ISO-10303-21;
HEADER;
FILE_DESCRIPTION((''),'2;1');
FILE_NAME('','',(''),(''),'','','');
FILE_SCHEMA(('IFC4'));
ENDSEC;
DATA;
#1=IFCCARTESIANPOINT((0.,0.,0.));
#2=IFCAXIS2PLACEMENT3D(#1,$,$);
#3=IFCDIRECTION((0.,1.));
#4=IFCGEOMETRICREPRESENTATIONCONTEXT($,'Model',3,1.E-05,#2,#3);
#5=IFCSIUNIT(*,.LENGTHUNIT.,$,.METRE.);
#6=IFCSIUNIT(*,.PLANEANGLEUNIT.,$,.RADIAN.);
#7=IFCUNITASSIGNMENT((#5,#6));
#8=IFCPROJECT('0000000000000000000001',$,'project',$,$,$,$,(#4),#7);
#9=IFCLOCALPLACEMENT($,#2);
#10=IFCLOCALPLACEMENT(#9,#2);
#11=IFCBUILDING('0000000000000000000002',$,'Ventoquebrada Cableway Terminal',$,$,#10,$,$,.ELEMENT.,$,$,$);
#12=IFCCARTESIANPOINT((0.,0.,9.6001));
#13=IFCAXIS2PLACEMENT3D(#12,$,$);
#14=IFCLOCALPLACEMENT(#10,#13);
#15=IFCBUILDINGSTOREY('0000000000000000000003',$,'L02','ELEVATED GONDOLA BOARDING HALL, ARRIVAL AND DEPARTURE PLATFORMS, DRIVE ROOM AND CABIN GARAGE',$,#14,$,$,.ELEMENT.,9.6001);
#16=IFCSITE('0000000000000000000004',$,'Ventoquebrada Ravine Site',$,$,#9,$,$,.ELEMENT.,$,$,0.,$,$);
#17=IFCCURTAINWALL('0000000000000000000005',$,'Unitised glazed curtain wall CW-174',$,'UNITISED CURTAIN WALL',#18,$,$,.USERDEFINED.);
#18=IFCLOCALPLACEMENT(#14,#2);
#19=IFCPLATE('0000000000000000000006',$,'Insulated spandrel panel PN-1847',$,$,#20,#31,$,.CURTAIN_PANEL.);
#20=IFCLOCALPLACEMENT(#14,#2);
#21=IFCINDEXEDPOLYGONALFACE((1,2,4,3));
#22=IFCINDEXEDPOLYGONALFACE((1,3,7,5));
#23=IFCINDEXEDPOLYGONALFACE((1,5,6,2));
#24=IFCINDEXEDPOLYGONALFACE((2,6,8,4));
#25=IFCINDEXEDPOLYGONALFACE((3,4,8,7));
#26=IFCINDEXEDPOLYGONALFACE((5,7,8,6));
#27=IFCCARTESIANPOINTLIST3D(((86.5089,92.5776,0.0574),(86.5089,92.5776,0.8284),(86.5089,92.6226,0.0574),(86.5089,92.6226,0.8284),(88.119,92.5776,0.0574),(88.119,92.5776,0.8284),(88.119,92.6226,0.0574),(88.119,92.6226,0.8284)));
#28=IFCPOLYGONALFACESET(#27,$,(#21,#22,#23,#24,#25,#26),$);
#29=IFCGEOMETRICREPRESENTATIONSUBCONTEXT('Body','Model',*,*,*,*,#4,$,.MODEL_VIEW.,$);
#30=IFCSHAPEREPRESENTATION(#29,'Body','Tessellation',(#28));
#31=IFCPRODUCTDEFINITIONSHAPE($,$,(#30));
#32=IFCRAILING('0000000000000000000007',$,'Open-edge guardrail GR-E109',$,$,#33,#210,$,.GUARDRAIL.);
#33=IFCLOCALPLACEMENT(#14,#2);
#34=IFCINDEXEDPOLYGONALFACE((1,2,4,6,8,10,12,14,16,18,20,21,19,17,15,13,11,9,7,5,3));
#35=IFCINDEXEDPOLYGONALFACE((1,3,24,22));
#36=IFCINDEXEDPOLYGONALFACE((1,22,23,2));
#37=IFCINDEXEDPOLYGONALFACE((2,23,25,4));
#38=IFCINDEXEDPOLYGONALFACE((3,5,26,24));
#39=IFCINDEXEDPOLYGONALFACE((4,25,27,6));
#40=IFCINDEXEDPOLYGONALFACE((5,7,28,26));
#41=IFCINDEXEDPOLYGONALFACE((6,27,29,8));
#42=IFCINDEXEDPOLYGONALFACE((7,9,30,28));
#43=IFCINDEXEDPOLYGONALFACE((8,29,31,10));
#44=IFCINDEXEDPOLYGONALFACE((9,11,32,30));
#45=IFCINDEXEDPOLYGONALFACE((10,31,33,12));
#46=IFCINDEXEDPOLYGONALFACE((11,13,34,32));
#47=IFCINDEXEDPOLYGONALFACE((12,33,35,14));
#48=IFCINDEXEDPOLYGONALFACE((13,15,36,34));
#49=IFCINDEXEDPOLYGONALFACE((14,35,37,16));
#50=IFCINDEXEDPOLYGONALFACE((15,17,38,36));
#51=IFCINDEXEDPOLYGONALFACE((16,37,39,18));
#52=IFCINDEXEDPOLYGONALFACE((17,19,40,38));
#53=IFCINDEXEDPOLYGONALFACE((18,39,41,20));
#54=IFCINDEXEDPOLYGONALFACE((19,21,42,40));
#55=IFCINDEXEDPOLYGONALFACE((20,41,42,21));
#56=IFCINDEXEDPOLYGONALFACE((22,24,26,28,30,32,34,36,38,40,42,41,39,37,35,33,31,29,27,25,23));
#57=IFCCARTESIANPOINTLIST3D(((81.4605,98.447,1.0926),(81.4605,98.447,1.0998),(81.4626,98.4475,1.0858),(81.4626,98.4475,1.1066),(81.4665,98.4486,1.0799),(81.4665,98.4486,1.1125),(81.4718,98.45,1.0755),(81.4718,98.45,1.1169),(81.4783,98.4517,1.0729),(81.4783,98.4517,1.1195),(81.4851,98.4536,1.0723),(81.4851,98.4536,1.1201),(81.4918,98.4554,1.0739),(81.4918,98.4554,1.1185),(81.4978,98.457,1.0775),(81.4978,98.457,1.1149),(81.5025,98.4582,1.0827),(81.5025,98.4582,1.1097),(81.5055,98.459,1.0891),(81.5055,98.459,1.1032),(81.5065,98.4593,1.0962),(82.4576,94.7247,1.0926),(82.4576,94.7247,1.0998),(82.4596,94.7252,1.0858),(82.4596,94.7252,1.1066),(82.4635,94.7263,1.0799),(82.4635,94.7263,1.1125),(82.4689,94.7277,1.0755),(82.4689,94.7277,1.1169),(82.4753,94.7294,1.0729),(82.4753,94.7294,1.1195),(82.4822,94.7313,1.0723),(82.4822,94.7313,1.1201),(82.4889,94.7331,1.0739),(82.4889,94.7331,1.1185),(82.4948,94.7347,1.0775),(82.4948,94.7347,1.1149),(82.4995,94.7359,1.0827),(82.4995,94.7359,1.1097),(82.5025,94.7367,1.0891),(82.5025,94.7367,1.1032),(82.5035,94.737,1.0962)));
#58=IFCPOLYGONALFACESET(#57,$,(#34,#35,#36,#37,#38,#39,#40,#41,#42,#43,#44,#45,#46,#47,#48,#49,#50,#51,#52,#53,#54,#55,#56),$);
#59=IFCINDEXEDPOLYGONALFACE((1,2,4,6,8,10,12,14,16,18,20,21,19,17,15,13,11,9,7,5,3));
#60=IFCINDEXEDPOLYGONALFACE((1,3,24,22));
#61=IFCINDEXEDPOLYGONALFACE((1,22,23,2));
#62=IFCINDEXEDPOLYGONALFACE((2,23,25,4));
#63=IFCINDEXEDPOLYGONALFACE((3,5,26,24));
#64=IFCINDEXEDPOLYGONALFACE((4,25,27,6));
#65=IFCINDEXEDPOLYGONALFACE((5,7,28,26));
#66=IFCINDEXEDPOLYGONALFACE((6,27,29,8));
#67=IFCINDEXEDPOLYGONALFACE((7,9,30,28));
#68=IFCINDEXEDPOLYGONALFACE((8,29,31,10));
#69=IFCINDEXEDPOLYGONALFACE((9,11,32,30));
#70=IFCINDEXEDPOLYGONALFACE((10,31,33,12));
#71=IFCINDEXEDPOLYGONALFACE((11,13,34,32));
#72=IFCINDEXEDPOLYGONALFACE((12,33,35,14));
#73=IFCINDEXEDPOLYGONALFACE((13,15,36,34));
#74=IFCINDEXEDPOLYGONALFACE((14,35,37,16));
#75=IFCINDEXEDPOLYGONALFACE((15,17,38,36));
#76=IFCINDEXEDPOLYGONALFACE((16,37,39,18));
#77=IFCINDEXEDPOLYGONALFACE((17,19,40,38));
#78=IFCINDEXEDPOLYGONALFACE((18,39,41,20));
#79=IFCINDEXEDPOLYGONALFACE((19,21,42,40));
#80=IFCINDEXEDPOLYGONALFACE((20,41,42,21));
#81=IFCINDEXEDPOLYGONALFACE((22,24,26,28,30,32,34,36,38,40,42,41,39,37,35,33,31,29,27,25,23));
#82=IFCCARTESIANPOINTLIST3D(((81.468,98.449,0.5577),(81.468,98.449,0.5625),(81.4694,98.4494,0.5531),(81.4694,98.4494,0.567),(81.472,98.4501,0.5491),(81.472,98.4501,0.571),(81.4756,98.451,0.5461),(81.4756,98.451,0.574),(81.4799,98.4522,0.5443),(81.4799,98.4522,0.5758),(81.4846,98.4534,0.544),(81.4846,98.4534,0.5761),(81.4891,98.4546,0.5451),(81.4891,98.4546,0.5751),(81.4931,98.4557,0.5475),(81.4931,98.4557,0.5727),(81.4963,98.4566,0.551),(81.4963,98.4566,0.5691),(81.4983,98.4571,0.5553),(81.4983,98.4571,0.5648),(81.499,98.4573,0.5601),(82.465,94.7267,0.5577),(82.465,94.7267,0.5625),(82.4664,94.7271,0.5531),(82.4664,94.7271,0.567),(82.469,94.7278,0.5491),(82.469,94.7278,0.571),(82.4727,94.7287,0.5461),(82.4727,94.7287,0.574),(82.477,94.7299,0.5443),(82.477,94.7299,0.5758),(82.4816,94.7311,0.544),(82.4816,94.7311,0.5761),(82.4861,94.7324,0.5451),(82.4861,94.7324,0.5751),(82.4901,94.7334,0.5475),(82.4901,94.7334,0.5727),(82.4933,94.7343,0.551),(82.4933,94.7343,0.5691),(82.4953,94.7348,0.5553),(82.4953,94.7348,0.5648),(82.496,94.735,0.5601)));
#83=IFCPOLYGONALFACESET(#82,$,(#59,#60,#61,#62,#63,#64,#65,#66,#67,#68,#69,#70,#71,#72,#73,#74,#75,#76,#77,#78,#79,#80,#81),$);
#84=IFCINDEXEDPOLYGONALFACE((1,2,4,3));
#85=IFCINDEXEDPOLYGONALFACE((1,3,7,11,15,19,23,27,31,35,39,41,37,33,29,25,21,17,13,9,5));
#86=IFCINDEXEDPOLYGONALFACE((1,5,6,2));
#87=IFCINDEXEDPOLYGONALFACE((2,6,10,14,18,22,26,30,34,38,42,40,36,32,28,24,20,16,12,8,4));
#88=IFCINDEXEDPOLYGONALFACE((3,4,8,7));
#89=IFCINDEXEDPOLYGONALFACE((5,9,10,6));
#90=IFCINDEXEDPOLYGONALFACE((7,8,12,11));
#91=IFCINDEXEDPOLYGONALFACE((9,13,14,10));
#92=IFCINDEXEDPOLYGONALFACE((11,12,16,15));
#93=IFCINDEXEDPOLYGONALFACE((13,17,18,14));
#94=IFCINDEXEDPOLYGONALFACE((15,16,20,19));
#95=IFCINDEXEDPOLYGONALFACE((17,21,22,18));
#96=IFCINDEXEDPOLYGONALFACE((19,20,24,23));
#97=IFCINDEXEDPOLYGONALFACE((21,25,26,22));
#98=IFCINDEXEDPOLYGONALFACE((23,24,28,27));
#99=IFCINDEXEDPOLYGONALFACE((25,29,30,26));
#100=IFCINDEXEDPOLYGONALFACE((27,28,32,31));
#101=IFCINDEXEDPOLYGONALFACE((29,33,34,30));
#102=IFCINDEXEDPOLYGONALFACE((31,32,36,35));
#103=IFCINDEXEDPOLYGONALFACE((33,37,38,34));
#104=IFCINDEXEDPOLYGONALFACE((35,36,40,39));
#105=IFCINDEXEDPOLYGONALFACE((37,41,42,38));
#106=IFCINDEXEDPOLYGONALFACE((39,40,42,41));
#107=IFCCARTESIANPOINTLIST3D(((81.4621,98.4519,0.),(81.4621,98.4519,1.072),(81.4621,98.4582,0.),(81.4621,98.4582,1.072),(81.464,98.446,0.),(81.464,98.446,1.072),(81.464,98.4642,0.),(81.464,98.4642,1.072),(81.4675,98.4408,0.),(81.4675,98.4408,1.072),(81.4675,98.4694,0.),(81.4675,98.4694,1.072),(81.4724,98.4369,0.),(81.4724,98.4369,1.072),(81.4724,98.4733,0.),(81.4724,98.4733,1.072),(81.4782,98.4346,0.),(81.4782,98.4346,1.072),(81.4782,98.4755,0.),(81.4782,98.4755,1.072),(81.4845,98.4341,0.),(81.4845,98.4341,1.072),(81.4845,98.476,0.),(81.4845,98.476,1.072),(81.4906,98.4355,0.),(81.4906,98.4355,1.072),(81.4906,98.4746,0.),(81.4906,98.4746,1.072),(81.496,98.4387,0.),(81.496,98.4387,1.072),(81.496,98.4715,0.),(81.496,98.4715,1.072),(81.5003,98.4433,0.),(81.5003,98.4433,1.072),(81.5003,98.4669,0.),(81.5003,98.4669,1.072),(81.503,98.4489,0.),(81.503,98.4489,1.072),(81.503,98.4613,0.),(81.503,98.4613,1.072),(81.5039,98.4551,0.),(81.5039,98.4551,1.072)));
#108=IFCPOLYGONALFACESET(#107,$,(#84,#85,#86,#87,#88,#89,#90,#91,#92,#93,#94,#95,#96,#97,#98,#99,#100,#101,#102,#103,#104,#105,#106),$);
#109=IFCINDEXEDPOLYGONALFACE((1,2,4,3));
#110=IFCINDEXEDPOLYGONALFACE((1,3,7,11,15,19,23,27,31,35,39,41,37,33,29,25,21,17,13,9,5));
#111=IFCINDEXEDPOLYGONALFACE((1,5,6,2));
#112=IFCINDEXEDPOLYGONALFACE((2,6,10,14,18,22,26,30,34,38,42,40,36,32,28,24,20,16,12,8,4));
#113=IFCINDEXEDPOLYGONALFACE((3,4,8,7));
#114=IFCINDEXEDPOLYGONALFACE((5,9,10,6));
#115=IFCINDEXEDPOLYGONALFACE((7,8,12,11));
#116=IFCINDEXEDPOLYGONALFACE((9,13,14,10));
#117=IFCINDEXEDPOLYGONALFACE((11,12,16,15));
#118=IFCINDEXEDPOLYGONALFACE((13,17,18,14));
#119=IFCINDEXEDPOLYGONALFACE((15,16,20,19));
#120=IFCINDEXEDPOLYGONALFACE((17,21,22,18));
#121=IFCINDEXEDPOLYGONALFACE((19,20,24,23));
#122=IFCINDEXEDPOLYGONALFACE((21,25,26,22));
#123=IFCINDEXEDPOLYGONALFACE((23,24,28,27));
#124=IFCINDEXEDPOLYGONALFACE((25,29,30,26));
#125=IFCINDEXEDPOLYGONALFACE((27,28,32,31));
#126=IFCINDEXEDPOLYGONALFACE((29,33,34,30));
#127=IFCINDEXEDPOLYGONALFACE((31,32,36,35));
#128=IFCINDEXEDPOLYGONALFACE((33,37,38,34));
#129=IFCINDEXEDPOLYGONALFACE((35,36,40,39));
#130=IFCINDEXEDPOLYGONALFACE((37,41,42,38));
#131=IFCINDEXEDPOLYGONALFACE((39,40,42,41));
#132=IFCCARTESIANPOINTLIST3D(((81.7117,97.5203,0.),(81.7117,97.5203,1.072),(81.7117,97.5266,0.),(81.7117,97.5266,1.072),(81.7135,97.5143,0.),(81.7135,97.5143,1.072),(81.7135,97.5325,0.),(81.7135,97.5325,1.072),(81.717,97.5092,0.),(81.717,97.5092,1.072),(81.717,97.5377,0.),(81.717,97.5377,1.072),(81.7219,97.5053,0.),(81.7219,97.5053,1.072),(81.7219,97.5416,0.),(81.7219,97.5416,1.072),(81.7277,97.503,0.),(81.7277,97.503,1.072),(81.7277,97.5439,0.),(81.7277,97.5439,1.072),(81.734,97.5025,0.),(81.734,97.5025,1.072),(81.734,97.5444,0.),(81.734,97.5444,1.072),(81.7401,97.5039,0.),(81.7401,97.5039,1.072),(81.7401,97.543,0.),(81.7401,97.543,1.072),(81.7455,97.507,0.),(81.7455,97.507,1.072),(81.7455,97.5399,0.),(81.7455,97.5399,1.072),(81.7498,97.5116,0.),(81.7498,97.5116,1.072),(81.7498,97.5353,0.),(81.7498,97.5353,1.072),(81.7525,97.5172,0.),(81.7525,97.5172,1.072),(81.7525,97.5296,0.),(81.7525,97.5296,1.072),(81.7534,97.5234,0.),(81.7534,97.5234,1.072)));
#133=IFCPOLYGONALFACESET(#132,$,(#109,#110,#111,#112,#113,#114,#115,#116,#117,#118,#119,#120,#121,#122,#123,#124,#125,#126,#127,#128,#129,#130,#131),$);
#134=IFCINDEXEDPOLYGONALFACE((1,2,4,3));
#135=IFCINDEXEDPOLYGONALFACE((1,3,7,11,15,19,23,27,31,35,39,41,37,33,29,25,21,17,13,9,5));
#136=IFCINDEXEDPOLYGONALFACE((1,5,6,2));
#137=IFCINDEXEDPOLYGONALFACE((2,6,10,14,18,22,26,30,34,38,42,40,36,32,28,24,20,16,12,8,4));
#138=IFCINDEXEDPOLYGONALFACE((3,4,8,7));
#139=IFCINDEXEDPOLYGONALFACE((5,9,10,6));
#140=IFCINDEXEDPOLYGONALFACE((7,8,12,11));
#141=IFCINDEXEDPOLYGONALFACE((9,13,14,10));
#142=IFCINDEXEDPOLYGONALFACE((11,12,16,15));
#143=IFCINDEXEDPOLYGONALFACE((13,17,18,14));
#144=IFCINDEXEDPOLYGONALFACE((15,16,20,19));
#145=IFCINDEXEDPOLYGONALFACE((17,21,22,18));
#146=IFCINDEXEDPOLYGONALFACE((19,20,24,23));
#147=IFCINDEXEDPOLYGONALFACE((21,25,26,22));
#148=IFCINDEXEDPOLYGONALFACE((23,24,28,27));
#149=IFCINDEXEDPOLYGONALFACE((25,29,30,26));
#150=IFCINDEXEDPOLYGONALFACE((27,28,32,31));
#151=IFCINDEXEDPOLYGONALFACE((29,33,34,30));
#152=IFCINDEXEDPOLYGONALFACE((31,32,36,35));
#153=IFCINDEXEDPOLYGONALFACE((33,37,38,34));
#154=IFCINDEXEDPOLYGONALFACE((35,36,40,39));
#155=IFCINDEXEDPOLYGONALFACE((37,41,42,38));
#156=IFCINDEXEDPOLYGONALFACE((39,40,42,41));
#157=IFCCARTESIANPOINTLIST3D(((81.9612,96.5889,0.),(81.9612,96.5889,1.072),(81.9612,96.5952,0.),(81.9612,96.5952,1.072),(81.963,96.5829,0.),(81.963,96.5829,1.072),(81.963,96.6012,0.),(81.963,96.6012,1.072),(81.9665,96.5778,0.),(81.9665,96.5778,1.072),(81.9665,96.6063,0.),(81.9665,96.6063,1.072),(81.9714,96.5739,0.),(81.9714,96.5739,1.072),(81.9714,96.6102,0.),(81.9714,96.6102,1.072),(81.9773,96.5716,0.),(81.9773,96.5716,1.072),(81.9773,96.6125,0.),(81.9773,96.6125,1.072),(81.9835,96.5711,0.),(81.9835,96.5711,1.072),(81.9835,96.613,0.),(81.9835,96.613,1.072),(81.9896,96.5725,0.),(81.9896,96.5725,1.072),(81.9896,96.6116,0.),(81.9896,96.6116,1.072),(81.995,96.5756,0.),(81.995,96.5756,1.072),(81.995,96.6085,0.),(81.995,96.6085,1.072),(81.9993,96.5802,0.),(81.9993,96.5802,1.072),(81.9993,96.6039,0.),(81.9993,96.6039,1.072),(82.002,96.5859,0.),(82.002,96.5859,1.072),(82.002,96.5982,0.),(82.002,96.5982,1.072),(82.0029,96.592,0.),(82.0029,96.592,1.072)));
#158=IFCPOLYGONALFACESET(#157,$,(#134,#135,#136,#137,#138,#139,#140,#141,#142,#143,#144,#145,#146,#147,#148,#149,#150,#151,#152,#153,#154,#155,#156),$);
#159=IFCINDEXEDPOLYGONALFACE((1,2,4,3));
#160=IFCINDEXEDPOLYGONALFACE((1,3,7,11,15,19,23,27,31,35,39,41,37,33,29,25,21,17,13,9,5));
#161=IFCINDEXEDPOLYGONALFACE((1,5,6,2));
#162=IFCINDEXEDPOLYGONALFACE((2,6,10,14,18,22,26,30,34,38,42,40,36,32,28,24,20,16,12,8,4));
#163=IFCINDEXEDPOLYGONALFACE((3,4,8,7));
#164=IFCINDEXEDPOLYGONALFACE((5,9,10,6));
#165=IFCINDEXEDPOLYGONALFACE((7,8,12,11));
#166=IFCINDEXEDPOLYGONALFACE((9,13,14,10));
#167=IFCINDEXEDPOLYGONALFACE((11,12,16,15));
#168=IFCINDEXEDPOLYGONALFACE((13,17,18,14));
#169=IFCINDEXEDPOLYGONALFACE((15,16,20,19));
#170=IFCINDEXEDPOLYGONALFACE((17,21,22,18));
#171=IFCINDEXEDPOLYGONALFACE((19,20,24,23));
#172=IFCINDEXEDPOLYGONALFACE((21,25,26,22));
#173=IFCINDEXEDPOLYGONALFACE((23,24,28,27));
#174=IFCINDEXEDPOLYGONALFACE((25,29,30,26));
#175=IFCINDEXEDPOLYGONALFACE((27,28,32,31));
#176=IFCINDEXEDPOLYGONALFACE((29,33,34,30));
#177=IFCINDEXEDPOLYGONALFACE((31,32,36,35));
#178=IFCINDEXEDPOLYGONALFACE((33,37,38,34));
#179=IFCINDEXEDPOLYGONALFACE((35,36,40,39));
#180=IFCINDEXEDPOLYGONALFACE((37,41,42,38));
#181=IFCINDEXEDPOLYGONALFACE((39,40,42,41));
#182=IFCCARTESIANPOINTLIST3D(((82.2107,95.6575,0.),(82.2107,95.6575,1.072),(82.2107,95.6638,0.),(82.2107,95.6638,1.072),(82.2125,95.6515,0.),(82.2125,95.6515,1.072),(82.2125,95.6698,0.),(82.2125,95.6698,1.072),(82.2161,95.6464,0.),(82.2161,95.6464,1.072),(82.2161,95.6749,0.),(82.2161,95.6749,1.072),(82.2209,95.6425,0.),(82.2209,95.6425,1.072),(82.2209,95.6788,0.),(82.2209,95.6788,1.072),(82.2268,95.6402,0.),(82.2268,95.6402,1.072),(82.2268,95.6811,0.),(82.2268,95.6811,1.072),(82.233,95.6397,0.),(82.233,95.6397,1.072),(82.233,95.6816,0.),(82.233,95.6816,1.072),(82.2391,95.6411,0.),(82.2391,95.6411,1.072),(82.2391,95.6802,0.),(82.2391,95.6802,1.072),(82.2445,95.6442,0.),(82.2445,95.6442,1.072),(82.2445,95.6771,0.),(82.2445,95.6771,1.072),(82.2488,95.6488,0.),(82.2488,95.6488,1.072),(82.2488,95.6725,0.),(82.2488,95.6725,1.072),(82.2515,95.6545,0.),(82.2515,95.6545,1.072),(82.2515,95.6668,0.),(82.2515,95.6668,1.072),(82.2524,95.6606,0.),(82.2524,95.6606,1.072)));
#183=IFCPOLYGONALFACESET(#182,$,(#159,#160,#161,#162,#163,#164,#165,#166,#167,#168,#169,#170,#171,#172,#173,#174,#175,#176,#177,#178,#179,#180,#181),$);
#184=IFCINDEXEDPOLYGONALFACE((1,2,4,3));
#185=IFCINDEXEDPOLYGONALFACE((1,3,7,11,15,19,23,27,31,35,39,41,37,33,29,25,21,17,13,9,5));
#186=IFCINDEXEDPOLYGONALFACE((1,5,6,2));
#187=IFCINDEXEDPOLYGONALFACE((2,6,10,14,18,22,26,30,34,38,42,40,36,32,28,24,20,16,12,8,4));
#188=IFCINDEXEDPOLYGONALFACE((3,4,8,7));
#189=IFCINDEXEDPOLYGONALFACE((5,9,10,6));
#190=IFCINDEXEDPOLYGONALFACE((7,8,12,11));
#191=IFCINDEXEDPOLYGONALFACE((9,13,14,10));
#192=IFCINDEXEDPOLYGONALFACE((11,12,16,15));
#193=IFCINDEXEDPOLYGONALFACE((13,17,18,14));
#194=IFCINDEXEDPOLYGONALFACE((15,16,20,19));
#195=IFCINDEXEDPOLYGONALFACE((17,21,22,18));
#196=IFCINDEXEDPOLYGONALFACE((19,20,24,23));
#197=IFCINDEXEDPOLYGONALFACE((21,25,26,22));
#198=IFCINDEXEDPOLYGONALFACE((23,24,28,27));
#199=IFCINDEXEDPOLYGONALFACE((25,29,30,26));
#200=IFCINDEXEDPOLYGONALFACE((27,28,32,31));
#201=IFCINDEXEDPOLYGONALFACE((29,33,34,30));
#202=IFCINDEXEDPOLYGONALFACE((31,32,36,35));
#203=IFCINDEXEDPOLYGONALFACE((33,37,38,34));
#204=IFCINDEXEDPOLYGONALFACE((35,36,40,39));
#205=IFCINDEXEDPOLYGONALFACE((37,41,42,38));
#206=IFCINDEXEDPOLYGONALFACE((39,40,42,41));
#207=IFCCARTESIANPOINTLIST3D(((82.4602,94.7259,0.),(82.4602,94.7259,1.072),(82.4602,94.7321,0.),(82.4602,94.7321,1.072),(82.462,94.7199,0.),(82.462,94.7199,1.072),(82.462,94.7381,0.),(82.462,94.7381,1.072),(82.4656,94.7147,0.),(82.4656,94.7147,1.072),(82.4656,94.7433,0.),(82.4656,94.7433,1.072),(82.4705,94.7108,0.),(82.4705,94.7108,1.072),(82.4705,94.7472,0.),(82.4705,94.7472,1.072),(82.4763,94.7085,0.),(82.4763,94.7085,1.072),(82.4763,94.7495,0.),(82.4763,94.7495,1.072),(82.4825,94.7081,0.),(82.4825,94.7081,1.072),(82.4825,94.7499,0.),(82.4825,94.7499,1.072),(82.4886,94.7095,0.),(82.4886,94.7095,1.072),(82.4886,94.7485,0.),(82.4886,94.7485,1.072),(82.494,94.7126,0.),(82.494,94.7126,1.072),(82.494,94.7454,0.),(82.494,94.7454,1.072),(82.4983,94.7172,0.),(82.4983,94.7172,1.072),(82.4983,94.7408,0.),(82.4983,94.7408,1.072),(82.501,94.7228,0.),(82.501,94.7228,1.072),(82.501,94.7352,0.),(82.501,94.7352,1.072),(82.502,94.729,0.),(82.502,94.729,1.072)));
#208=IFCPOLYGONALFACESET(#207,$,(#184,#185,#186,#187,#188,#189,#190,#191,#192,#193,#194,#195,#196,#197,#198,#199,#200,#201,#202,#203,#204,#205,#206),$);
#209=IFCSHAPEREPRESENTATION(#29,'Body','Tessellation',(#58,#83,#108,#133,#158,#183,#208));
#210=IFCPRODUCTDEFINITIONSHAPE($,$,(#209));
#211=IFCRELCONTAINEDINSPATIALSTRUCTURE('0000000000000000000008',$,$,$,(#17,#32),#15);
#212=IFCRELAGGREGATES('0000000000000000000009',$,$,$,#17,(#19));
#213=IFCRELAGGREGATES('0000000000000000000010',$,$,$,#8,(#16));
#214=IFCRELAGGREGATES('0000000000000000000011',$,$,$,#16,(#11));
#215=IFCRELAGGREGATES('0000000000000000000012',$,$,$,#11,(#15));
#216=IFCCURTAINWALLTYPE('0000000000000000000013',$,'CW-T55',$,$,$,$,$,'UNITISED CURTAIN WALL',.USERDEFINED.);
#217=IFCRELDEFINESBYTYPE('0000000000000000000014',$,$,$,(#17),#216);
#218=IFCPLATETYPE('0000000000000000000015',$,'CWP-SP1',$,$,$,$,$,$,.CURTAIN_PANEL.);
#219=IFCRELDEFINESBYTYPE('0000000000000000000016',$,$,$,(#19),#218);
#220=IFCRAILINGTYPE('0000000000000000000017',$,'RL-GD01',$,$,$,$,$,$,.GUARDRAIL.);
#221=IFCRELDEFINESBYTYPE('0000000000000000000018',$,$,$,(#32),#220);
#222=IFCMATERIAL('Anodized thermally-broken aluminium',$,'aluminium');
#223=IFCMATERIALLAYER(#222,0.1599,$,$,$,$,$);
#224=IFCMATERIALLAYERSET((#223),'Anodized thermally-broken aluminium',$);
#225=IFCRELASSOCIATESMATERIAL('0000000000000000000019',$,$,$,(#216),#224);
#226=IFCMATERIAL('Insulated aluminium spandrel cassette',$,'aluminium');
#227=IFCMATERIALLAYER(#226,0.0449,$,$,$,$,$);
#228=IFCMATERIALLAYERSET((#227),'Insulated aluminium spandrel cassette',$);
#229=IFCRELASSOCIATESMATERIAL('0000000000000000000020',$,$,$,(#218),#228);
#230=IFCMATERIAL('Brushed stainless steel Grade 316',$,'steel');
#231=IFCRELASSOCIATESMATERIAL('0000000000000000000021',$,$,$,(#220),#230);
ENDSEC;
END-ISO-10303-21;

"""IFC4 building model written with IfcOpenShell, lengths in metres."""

from ifc_helpers import new_model, si_unit, direction, frame, origin, origin_2d, place, context, subcontext, project, spatial, rectangle, circle, extrude, material, layer, layer_set, type_object, element, aggregate, save


model = new_model("IFC4")

# Units and contexts
model_context = context("Model", 3, precision=1e-05, world=origin(), true_north=direction((0.0, 1.0)))
body_context = subcontext(model_context, "Body", "Model", "MODEL_VIEW")
ifc_project = project(units=[si_unit("LENGTHUNIT", "METRE"), si_unit("PLANEANGLEUNIT", "RADIAN")], contexts=[model_context])

# Site, building, storey
site_placement = place(None, origin())
site = spatial("IfcSite", under=ifc_project, at=site_placement, Name="Ventoquebrada Ravine Site", CompositionType="ELEMENT", RefElevation=0.0)
building_placement = place(site_placement, origin())
building = spatial("IfcBuilding", under=site, at=building_placement, Name="Ventoquebrada Cableway Terminal", CompositionType="ELEMENT")
storey_placement = place(building_placement, frame((0.0, 0.0, 9.6001)))
storey = spatial("IfcBuildingStorey", under=building, at=storey_placement, Name="L02", Description="ELEVATED GONDOLA BOARDING HALL, ARRIVAL AND DEPARTURE PLATFORMS, DRIVE ROOM AND CABIN GARAGE", CompositionType="ELEMENT", Elevation=9.6001)

# Curtain wall
ifc_material_1 = material(Name="Anodized thermally-broken aluminium", Category="aluminium")
ifc_layer_1 = layer(ifc_material_1, 0.1599)
ifc_layer_set_1 = layer_set([ifc_layer_1], Name="Anodized thermally-broken aluminium")
curtain_wall_type_1 = type_object("IfcCurtainWallType", Name="CW-T55", ElementType="UNITISED CURTAIN WALL", PredefinedType="USERDEFINED", material=ifc_layer_set_1)
curtain_wall_1_placement = place(storey_placement, origin())
curtain_wall_1 = element("IfcCurtainWall", 1, at=curtain_wall_1_placement, inside=storey, type_object=curtain_wall_type_1, Name="Unitised glazed curtain wall CW-174", ObjectType="UNITISED CURTAIN WALL", PredefinedType="USERDEFINED")

# Plate
ifc_material_2 = material(Name="Insulated aluminium spandrel cassette", Category="aluminium")
ifc_layer_2 = layer(ifc_material_2, 0.0449)
ifc_layer_set_2 = layer_set([ifc_layer_2], Name="Insulated aluminium spandrel cassette")
plate_type_1 = type_object("IfcPlateType", Name="CWP-SP1", PredefinedType="CURTAIN_PANEL", material=ifc_layer_set_2)
plate_1_placement = place(storey_placement, frame((87.314, 92.6001, 0.0574), z_axis=(0.0, 0.0, 1.0), x_axis=(-1.0, 0.0, 0.0)))
plate_1 = element("IfcPlate", 2, at=plate_1_placement, type_object=plate_type_1, Name="Insulated spandrel panel PN-1847", PredefinedType="CURTAIN_PANEL", context=body_context, shape_type="SweptSolid", body=[
    extrude(rectangle(XDim=1.6101, YDim=0.0449, at=origin_2d()), origin(), (0.0, 0.0, 1.0), 0.771),
])
aggregate(curtain_wall_1, [plate_1])

# Railing
ifc_material_3 = material(Name="Brushed stainless steel Grade 316", Category="steel")
railing_type = type_object("IfcRailingType", Name="RL-GD01", PredefinedType="GUARDRAIL", material=ifc_material_3)
railing_placement = place(storey_placement, frame((81.4829, 98.4551, 0.0)))
element("IfcRailing", 3, at=railing_placement, inside=storey, type_object=railing_type, Name="Open-edge guardrail GR-E109", PredefinedType="GUARDRAIL", context=body_context, shape_type="SweptSolid", body=[
    extrude(circle(Radius=0.0239, at=origin_2d()), frame((0.0005, -0.002, 1.0962), z_axis=(0.258734, -0.965949, 0.0), x_axis=(0.965949, 0.258734, 0.0)), (0.0, 0.0, 1.0), 3.8535),
    extrude(circle(Radius=0.0161, at=origin_2d()), frame((0.0005, -0.002, 0.5601), z_axis=(0.258734, -0.965949, 0.0), x_axis=(0.965949, 0.258734, 0.0)), (0.0, 0.0, 1.0), 3.8535),
    extrude(circle(Radius=0.021, at=origin_2d()), origin(), (0.0, 0.0, 1.0), 1.072),
    extrude(circle(Radius=0.021, at=origin_2d()), frame((0.2495, -0.9316, 0.0)), (0.0, 0.0, 1.0), 1.072),
    extrude(circle(Radius=0.021, at=origin_2d()), frame((0.499, -1.863, 0.0)), (0.0, 0.0, 1.0), 1.072),
    extrude(circle(Radius=0.021, at=origin_2d()), frame((0.7485, -2.7944, 0.0)), (0.0, 0.0, 1.0), 1.072),
    extrude(circle(Radius=0.021, at=origin_2d()), frame((0.998, -3.7261, 0.0)), (0.0, 0.0, 1.0), 1.072),
])

save(model, "model.ifc")
